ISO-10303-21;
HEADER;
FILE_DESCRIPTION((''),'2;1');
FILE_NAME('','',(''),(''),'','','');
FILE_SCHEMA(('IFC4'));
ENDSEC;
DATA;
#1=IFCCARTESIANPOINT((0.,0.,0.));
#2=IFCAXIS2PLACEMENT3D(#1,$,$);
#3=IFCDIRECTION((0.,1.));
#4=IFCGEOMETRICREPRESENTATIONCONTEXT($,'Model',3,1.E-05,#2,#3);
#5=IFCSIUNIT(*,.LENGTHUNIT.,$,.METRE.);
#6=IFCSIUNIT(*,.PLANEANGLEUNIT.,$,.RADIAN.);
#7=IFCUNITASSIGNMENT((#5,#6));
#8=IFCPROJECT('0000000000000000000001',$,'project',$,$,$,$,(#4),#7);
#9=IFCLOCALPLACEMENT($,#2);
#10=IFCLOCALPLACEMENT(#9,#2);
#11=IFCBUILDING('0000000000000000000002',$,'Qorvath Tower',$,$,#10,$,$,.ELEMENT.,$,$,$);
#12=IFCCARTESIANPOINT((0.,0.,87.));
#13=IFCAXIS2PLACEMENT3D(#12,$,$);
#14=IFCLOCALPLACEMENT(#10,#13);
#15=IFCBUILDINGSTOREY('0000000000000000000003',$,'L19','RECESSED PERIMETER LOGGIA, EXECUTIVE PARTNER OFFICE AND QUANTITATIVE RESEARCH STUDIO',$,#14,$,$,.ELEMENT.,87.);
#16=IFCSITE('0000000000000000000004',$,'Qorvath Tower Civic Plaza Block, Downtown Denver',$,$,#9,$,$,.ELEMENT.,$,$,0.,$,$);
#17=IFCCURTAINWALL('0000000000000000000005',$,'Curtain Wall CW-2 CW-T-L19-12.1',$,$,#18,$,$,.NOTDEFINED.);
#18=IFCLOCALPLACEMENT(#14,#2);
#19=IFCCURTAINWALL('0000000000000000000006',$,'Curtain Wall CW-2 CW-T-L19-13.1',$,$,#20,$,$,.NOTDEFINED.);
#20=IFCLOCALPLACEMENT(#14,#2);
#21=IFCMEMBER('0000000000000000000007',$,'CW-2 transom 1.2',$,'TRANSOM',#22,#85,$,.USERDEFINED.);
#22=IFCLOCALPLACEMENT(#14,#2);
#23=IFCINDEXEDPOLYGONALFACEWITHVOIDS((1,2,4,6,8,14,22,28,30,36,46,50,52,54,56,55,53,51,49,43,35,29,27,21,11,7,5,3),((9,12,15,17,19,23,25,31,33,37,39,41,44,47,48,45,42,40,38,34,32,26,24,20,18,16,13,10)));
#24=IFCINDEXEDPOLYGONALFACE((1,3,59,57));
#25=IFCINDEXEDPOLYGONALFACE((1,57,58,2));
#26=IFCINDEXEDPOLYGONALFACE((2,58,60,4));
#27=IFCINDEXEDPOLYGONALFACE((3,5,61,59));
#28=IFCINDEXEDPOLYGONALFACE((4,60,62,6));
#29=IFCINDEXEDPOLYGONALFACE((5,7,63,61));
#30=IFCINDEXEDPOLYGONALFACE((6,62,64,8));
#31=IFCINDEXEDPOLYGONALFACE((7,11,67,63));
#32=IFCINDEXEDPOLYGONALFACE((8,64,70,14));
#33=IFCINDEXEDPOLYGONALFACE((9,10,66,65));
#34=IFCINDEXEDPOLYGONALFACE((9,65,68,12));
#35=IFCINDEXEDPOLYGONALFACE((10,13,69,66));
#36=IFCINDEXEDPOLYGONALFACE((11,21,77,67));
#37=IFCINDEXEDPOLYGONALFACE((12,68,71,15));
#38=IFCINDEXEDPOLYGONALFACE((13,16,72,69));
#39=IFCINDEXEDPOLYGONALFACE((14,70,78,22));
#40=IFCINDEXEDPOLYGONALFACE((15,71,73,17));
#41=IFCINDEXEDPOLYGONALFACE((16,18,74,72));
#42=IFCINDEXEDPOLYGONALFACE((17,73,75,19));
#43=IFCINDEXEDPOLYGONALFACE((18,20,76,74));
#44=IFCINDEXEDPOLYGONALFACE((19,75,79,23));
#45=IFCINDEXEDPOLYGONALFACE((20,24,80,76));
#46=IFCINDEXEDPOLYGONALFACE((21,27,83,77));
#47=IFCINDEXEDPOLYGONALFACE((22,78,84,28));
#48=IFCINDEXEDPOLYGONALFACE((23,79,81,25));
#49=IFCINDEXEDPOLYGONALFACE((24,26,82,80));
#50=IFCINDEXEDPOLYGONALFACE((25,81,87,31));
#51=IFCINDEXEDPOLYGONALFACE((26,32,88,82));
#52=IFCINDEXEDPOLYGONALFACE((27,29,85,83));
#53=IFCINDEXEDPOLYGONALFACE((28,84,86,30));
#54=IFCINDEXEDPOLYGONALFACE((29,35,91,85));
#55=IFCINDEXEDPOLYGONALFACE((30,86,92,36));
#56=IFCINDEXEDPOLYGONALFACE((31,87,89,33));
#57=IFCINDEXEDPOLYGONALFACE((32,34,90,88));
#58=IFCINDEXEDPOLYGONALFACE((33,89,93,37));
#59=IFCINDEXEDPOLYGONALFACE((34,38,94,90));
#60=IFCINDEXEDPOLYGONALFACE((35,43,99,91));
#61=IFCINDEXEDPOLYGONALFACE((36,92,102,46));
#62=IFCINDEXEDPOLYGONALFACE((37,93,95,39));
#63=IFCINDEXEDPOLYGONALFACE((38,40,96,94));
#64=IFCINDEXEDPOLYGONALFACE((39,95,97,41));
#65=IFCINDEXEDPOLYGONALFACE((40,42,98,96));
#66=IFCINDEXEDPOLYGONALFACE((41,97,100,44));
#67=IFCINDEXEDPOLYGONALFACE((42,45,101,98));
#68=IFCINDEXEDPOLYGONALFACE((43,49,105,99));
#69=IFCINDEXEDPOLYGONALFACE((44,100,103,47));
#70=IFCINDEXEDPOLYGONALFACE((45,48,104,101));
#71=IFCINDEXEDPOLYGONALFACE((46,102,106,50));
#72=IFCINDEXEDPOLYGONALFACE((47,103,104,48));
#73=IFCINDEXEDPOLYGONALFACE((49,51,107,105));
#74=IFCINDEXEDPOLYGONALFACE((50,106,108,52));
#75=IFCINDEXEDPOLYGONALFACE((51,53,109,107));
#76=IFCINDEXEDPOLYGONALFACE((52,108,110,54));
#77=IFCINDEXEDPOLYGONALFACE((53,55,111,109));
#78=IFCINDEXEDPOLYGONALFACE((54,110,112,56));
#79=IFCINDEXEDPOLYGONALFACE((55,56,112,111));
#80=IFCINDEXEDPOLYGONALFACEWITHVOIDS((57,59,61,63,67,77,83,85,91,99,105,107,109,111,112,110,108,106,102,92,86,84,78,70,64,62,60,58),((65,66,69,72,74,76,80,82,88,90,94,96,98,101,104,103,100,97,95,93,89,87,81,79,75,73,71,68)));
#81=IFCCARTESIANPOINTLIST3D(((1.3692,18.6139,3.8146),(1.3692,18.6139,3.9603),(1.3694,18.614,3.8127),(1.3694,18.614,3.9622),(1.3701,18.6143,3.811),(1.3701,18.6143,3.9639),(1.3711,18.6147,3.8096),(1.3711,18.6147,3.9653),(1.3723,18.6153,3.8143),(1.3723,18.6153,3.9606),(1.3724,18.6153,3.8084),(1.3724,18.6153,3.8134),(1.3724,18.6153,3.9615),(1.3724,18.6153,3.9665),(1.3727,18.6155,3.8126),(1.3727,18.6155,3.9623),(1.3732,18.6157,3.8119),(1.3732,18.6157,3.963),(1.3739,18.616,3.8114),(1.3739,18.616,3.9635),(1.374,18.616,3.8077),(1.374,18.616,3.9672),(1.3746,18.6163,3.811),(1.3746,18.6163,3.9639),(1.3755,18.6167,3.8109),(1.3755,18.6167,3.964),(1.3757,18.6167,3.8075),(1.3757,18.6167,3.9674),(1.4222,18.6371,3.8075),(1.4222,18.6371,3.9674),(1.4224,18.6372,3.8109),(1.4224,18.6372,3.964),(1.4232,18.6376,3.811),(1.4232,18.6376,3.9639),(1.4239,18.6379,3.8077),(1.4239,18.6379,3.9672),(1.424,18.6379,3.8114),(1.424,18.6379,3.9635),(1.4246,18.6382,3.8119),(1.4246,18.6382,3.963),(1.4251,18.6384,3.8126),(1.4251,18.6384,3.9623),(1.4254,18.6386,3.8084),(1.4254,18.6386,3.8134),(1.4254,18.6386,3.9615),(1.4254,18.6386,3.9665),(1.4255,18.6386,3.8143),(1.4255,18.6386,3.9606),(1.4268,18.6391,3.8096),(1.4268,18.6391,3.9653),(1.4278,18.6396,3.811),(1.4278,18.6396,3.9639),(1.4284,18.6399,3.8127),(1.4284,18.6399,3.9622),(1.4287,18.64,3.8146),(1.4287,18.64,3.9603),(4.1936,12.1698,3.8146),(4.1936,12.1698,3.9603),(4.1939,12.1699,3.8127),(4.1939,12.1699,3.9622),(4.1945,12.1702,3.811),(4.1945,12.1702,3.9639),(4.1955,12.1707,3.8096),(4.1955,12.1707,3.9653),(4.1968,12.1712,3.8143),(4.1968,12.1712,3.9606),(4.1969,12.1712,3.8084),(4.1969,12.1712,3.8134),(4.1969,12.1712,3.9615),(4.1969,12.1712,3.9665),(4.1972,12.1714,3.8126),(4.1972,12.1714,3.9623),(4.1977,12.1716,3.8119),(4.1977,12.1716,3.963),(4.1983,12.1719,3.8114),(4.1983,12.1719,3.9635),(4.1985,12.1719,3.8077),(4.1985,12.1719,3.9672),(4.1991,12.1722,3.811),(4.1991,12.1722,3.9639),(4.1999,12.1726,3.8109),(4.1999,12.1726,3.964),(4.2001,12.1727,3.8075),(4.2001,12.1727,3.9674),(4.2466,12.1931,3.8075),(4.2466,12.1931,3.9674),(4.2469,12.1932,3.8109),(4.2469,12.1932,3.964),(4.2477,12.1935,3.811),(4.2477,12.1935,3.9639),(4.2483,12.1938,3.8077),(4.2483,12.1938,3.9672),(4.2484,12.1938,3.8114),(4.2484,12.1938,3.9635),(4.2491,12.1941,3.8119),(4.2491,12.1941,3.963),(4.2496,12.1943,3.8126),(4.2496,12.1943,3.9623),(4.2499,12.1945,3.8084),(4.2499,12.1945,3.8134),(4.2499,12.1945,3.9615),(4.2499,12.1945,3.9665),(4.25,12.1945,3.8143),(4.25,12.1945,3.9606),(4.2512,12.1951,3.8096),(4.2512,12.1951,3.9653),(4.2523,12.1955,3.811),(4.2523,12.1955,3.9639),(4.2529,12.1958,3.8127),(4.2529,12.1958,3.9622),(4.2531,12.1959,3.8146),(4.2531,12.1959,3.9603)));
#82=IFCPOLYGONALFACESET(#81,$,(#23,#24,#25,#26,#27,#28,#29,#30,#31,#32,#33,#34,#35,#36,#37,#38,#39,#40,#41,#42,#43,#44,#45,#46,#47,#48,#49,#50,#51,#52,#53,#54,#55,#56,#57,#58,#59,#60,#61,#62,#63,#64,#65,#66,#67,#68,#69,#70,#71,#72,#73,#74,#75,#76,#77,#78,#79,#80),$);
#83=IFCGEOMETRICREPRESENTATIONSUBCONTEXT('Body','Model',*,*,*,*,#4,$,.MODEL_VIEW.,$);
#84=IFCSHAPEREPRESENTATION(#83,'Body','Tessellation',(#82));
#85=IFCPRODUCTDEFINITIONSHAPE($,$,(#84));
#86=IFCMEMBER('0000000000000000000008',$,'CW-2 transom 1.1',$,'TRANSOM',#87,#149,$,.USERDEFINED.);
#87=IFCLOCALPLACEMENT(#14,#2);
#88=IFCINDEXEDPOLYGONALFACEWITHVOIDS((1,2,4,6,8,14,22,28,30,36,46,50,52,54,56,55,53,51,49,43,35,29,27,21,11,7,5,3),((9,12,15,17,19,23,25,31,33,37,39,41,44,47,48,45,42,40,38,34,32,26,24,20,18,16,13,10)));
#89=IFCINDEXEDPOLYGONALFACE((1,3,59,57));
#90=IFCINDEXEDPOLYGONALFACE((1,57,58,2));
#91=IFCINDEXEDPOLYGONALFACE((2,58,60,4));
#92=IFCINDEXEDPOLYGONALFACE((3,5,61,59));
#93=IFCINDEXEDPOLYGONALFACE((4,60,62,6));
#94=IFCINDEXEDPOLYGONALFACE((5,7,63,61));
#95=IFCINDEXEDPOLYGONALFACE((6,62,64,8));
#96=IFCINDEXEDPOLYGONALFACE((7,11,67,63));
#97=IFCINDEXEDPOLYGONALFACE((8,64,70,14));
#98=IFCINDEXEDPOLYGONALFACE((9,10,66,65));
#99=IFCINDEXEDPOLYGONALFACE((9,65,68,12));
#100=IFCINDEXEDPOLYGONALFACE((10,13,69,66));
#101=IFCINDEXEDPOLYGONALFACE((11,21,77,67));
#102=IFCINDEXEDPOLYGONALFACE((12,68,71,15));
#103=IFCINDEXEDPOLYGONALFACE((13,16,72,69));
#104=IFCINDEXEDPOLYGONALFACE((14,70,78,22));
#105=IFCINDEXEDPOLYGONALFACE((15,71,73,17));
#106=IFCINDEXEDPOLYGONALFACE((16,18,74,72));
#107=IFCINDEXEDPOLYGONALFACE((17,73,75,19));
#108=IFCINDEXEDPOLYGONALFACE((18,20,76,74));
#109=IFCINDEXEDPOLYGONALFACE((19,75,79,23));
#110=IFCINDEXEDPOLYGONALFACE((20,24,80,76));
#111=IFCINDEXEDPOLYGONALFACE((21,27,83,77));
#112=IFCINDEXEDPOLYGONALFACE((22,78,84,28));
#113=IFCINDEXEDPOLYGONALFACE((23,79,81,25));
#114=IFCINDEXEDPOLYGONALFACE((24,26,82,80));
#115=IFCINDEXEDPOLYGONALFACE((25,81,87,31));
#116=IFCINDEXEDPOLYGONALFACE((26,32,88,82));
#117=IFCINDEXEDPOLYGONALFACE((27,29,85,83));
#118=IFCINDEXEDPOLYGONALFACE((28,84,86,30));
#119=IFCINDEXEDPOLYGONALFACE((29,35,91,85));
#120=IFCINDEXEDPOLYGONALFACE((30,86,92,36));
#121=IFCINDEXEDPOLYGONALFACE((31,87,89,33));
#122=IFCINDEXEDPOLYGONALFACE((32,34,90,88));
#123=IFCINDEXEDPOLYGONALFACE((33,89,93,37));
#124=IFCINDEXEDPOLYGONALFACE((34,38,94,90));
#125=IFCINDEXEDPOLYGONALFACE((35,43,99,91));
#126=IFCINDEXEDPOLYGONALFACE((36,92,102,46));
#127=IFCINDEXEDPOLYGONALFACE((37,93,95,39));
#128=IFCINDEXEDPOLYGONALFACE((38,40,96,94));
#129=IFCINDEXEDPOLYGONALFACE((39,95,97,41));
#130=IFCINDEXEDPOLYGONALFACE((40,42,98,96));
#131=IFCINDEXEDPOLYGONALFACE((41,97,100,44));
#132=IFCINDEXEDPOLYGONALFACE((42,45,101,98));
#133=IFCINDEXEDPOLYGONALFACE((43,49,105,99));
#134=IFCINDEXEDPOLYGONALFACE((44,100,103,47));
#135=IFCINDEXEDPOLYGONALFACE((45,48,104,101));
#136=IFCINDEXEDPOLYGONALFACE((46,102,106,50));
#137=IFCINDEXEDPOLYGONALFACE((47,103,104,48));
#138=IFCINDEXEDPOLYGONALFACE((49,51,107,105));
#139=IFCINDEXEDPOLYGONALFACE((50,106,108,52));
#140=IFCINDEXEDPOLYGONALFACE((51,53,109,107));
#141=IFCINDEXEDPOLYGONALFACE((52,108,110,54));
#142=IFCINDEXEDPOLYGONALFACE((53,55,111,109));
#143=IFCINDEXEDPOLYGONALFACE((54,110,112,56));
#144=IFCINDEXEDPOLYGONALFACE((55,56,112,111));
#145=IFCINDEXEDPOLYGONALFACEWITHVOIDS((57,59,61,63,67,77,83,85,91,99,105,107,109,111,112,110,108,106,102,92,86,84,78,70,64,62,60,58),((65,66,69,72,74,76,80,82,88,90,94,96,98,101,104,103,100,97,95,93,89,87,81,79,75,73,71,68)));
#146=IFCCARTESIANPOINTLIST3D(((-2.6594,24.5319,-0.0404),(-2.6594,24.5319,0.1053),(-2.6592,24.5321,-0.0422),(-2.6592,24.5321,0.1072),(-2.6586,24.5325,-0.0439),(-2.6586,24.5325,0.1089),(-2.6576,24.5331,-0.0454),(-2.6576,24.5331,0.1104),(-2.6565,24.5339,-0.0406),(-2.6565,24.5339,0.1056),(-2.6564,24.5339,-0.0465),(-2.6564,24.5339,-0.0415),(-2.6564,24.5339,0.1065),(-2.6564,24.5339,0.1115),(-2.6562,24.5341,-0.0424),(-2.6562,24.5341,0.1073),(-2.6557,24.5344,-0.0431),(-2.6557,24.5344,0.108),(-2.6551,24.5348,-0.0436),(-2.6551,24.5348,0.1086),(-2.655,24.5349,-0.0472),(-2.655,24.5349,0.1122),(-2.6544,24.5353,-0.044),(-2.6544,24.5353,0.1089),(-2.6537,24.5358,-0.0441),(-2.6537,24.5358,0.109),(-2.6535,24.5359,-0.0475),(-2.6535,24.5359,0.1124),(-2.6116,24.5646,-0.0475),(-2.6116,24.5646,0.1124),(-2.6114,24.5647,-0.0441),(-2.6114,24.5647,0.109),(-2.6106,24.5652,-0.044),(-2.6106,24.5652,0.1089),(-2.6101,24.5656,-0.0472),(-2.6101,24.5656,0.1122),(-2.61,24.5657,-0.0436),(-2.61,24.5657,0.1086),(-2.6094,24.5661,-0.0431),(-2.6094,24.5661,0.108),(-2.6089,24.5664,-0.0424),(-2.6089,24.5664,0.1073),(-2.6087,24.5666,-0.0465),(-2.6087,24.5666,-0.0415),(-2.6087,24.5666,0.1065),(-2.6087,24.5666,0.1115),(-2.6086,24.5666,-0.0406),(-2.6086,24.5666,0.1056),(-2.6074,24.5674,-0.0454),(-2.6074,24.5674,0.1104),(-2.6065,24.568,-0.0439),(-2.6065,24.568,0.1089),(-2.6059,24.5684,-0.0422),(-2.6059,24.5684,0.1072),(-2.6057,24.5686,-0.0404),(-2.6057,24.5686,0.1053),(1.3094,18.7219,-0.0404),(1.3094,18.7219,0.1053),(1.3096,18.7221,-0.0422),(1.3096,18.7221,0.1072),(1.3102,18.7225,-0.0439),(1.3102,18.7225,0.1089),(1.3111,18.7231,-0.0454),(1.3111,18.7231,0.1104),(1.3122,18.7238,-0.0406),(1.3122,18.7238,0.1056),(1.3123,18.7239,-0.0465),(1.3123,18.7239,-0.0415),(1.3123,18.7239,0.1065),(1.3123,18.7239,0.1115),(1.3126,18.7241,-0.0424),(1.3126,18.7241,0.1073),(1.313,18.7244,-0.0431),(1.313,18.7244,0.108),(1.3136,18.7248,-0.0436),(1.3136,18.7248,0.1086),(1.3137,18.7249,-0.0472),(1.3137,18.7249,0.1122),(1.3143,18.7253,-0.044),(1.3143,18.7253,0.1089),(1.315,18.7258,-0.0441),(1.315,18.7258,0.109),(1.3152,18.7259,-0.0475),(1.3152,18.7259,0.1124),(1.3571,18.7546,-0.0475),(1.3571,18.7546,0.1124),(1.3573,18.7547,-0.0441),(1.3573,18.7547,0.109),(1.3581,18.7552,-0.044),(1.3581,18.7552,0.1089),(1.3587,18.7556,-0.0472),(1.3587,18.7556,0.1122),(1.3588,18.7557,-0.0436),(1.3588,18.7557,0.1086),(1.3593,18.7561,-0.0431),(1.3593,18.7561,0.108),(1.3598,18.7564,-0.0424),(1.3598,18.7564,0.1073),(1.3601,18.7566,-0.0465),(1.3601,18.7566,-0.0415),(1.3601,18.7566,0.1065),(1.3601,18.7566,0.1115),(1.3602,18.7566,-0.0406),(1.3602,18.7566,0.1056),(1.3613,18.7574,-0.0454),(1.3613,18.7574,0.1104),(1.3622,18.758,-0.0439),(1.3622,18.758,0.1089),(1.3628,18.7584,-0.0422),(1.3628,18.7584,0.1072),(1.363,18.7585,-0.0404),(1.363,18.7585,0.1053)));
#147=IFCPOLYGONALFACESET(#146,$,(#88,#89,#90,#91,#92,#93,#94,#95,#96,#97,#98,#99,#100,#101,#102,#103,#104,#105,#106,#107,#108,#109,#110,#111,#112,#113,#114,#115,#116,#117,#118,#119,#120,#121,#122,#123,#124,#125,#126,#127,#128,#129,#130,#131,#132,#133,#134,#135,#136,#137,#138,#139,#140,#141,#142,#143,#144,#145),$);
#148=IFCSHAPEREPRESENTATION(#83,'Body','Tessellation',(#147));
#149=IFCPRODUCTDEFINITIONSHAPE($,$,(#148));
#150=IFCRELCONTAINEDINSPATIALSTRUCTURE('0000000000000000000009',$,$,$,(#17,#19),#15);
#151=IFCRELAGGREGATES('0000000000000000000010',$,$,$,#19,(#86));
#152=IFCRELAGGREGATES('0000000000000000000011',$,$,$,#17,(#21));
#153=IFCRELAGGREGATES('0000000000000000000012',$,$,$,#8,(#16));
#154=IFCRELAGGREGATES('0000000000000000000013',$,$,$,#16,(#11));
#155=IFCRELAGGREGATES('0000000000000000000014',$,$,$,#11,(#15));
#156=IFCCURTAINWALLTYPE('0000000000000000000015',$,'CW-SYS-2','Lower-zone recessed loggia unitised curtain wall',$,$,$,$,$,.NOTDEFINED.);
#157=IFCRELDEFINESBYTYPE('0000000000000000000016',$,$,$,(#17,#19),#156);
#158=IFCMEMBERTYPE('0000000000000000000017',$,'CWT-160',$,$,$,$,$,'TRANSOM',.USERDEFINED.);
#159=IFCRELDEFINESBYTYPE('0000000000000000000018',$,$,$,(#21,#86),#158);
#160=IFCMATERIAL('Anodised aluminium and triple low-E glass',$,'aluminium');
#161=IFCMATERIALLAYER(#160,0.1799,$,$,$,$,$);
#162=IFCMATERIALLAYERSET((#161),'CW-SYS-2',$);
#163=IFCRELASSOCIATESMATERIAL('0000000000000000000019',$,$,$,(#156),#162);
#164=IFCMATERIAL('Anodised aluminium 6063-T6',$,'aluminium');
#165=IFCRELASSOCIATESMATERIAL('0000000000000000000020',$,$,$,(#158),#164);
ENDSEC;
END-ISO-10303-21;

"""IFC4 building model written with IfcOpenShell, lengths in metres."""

from ifc_helpers import new_model, si_unit, direction, frame, origin, origin_2d, place, context, subcontext, project, spatial, hollow_rectangle, extrude, material, layer, layer_set, material_profile, profile_set, type_object, element, aggregate, save


model = new_model("IFC4")

# Units and contexts
model_context = context("Model", 3, precision=1e-05, world=origin(), true_north=direction((0.0, 1.0)))
body_context = subcontext(model_context, "Body", "Model", "MODEL_VIEW")
ifc_project = project(units=[si_unit("LENGTHUNIT", "METRE"), si_unit("PLANEANGLEUNIT", "RADIAN")], contexts=[model_context])

# Site, building, storey
site_placement = place(None, origin())
site = spatial("IfcSite", under=ifc_project, at=site_placement, Name="Qorvath Tower Civic Plaza Block, Downtown Denver", CompositionType="ELEMENT", RefElevation=0.0)
building_placement = place(site_placement, origin())
building = spatial("IfcBuilding", under=site, at=building_placement, Name="Qorvath Tower", CompositionType="ELEMENT")
storey_placement = place(building_placement, frame((0.0, 0.0, 87.0)))
storey = spatial("IfcBuildingStorey", under=building, at=storey_placement, Name="L19", Description="RECESSED PERIMETER LOGGIA, EXECUTIVE PARTNER OFFICE AND QUANTITATIVE RESEARCH STUDIO", CompositionType="ELEMENT", Elevation=87.0)

# Shared definitions
ifc_material_1 = material(Name="Anodised aluminium and triple low-E glass", Category="aluminium")
ifc_layer_1 = layer(ifc_material_1, 0.1799)
ifc_layer_set_1 = layer_set([ifc_layer_1], Name="CW-SYS-2")
curtain_wall_type = type_object("IfcCurtainWallType", Name="CW-SYS-2", Description="Lower-zone recessed loggia unitised curtain wall", PredefinedType="NOTDEFINED", material=ifc_layer_set_1)

# Curtain wall
curtain_wall_1_placement = place(storey_placement, origin())
curtain_wall_1 = element("IfcCurtainWall", 1, at=curtain_wall_1_placement, inside=storey, type_object=curtain_wall_type, Name="Curtain Wall CW-2 CW-T-L19-12.1", PredefinedType="NOTDEFINED")

# Curtain wall
curtain_wall_2_placement = place(storey_placement, origin())
curtain_wall_2 = element("IfcCurtainWall", 2, at=curtain_wall_2_placement, inside=storey, type_object=curtain_wall_type, Name="Curtain Wall CW-2 CW-T-L19-13.1", PredefinedType="NOTDEFINED")

# Members
ifc_material_2 = material(Name="Anodised aluminium 6063-T6", Category="aluminium")
ifc_material_profile_1 = material_profile(ifc_material_2, hollow_rectangle(XDim=0.0649, YDim=0.1599, WallThickness=0.0034, InnerFilletRadius=0.0034, OuterFilletRadius=0.0071, at=origin_2d()), Name="CWT 160x65")
ifc_profile_set_1 = profile_set([ifc_material_profile_1], Name="Anodised aluminium 6063-T6")
member_type_1 = type_object("IfcMemberType", Name="CWT-160", ElementType="TRANSOM", PredefinedType="USERDEFINED", material=ifc_profile_set_1)
member_1_placement = place(storey_placement, frame((4.2234, 12.1829, 3.8875), z_axis=(-0.401436, 0.915887, 0.0), x_axis=(-0.915887, -0.401436, 0.0)))
member_1 = element("IfcMember", 3, at=member_1_placement, type_object=member_type_1, Name="CW-2 transom 1.2", ObjectType="TRANSOM", PredefinedType="USERDEFINED", context=body_context, shape_type="SweptSolid", body=[
    extrude(hollow_rectangle(XDim=0.0649, YDim=0.1599, WallThickness=0.0034, InnerFilletRadius=0.0034, OuterFilletRadius=0.0071, at=origin_2d()), origin(), (0.0, 0.0, 1.0), 7.0359),
])
member_2_placement = place(storey_placement, frame((1.3362, 18.7402, 0.0325), z_axis=(-0.564049, 0.825741, 0.0), x_axis=(-0.825741, -0.564049, 0.0)))
member_2 = element("IfcMember", 4, at=member_2_placement, type_object=member_type_1, Name="CW-2 transom 1.1", ObjectType="TRANSOM", PredefinedType="USERDEFINED", context=body_context, shape_type="SweptSolid", body=[
    extrude(hollow_rectangle(XDim=0.0649, YDim=0.1599, WallThickness=0.0034, InnerFilletRadius=0.0034, OuterFilletRadius=0.0071, at=origin_2d()), origin(), (0.0, 0.0, 1.0), 7.0361),
])
aggregate(curtain_wall_2, [member_2])

aggregate(curtain_wall_1, [member_1])

save(model, "model.ifc")
